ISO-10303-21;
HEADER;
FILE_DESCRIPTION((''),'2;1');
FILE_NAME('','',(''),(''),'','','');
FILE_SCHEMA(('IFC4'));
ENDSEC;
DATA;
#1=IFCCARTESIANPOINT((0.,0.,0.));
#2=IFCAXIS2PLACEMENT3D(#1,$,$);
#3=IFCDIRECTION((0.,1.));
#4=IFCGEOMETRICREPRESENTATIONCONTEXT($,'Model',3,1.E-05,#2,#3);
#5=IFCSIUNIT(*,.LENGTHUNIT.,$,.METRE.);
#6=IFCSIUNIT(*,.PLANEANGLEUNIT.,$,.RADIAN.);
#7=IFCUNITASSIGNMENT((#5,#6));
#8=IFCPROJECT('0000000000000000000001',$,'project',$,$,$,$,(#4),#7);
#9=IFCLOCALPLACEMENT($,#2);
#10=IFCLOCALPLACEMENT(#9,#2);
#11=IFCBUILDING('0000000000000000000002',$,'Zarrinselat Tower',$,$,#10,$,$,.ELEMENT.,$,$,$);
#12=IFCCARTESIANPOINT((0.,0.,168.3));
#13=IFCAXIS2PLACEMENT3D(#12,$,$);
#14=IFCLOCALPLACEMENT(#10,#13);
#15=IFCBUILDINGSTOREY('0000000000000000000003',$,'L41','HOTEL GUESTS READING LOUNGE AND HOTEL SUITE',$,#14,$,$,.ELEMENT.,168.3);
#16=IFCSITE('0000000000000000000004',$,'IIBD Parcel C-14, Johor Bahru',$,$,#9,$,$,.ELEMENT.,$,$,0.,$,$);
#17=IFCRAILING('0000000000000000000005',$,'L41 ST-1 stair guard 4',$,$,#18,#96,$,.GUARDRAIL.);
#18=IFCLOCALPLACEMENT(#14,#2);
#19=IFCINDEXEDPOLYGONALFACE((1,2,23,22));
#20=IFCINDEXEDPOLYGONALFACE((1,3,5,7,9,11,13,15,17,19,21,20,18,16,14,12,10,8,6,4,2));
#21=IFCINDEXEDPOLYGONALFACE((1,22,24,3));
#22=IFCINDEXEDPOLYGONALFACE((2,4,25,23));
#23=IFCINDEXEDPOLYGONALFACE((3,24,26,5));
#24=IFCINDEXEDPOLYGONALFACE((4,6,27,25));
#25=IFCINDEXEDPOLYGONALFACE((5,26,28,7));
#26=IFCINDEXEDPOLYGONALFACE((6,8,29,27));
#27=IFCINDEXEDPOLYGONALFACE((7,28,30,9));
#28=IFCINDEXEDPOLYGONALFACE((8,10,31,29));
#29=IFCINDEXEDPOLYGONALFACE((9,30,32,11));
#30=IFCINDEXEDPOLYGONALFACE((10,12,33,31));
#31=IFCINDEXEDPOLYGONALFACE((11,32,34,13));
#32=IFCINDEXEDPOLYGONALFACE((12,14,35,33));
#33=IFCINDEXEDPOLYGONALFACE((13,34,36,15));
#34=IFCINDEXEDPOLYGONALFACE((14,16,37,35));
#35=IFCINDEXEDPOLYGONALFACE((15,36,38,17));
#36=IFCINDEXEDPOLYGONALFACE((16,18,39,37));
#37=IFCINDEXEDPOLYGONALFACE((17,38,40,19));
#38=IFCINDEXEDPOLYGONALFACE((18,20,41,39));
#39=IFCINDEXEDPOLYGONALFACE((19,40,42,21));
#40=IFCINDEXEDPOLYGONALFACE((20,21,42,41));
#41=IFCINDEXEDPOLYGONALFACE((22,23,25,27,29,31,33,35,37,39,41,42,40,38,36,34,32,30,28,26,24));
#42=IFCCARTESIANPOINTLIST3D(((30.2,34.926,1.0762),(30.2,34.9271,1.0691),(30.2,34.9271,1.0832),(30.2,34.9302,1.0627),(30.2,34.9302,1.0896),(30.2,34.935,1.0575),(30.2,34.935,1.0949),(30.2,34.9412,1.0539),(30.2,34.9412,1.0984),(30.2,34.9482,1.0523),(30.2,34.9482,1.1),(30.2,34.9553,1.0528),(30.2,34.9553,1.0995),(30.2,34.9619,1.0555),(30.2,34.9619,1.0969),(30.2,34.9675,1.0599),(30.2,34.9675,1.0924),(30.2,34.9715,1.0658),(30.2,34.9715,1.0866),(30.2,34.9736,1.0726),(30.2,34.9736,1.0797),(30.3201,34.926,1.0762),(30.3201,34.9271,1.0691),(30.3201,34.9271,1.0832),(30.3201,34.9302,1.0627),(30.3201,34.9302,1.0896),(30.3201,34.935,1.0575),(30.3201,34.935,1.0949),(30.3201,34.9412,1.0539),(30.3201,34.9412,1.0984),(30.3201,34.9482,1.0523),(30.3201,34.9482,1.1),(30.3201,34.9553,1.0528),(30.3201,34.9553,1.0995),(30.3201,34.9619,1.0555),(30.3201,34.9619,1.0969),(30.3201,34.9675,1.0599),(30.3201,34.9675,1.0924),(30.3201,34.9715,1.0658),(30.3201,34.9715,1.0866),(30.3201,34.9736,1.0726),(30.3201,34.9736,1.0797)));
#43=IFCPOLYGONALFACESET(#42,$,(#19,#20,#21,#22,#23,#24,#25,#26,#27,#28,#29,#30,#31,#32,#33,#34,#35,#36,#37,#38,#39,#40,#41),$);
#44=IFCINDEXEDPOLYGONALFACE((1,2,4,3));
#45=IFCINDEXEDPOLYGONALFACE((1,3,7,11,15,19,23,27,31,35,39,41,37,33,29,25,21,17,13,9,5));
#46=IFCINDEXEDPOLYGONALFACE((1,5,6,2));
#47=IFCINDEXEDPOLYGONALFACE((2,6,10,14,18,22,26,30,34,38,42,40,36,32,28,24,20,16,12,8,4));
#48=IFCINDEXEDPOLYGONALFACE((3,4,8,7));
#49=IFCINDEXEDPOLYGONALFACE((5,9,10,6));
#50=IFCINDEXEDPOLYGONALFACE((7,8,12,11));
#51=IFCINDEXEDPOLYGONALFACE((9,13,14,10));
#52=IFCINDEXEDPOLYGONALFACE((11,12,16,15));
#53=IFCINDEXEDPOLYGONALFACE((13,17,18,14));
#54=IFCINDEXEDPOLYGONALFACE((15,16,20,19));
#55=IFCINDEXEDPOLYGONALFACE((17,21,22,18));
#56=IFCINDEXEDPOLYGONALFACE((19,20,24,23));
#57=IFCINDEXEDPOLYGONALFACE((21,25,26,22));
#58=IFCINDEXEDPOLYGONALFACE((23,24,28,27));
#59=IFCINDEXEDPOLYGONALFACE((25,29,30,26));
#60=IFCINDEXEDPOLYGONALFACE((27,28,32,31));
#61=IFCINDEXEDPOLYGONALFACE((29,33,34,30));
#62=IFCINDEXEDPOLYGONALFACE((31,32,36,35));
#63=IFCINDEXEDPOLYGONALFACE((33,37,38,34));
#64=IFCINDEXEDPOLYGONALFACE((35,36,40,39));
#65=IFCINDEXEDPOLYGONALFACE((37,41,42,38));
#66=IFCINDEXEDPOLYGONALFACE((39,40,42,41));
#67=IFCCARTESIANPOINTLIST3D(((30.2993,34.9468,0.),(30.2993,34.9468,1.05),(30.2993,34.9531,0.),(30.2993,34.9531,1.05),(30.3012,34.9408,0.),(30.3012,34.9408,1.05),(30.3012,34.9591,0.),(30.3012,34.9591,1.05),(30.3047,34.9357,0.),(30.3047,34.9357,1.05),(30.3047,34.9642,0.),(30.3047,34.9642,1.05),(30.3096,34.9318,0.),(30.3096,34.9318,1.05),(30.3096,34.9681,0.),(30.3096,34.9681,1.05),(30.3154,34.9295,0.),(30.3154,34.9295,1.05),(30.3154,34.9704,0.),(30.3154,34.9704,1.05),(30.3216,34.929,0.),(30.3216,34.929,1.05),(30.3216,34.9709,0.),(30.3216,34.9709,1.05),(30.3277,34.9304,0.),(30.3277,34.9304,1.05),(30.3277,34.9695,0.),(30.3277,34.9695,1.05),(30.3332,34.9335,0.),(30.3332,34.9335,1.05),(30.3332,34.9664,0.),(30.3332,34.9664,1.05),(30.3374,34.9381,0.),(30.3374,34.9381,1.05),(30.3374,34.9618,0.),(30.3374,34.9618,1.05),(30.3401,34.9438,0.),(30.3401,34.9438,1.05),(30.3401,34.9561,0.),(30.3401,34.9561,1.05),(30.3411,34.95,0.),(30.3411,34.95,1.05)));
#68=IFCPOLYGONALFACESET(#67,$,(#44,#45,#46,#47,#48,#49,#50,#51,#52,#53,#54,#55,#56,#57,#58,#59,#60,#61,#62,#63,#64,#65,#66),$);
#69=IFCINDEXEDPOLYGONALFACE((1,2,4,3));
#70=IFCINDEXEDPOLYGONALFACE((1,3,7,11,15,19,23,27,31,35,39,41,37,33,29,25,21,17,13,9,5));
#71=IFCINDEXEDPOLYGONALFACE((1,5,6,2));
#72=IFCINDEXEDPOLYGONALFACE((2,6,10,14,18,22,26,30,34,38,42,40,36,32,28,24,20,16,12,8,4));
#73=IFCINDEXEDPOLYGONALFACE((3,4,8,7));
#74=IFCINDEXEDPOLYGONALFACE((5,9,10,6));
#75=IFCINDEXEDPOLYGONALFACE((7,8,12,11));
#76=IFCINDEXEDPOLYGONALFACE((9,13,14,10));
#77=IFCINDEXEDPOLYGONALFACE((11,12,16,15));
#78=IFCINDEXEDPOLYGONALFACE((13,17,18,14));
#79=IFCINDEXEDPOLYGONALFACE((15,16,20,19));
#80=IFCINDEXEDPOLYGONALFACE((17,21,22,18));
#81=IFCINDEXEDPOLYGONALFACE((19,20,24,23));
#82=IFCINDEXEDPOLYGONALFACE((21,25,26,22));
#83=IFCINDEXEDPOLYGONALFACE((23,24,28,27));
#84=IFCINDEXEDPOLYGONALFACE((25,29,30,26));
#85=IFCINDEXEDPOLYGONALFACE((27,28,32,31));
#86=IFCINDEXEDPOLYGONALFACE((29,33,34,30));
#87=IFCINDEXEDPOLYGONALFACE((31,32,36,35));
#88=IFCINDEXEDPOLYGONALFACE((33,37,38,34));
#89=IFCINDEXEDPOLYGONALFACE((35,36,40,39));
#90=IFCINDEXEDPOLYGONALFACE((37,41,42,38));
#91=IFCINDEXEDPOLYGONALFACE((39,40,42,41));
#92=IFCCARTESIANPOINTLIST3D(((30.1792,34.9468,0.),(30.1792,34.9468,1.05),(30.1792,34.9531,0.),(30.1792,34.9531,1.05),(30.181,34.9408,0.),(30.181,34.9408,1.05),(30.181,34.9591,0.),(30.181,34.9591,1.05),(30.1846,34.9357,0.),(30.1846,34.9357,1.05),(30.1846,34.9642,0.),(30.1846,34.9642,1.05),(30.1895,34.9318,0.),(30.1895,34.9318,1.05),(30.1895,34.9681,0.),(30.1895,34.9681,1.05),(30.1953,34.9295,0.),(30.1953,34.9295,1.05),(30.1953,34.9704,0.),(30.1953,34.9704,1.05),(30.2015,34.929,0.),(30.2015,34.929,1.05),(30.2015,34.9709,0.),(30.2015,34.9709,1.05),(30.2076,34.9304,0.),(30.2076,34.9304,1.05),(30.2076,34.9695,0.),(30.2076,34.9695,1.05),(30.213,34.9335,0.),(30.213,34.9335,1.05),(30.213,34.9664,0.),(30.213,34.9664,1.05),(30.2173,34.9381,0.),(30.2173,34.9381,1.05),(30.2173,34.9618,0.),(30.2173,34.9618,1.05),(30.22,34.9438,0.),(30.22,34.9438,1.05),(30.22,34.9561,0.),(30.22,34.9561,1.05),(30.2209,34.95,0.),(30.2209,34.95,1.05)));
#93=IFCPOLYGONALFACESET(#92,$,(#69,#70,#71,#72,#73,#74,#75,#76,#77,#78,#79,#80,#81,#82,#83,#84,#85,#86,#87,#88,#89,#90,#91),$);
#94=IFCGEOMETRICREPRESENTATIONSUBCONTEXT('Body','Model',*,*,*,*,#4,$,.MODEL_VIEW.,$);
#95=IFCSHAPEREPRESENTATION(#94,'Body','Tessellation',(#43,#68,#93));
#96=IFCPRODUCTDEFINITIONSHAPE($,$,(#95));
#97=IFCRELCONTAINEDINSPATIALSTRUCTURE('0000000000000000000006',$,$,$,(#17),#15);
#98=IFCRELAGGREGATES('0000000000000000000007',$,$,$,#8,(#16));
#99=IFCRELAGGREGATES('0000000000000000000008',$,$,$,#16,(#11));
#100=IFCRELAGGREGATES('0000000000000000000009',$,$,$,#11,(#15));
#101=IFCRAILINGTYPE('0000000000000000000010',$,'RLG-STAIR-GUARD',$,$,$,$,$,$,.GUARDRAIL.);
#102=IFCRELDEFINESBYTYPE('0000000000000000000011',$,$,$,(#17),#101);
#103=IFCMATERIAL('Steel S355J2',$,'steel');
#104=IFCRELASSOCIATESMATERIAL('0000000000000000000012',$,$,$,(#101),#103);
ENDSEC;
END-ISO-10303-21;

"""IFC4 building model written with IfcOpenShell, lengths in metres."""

from ifc_helpers import new_model, si_unit, direction, frame, origin, origin_2d, place, context, subcontext, project, spatial, circle, extrude, material, type_object, element, save


model = new_model("IFC4")

# Units and contexts
model_context = context("Model", 3, precision=1e-05, world=origin(), true_north=direction((0.0, 1.0)))
body_context = subcontext(model_context, "Body", "Model", "MODEL_VIEW")
ifc_project = project(units=[si_unit("LENGTHUNIT", "METRE"), si_unit("PLANEANGLEUNIT", "RADIAN")], contexts=[model_context])

# Site, building, storey
site_placement = place(None, origin())
site = spatial("IfcSite", under=ifc_project, at=site_placement, Name="IIBD Parcel C-14, Johor Bahru", CompositionType="ELEMENT", RefElevation=0.0)
building_placement = place(site_placement, origin())
building = spatial("IfcBuilding", under=site, at=building_placement, Name="Zarrinselat Tower", CompositionType="ELEMENT")
storey_placement = place(building_placement, frame((0.0, 0.0, 168.3)))
storey = spatial("IfcBuildingStorey", under=building, at=storey_placement, Name="L41", Description="HOTEL GUESTS READING LOUNGE AND HOTEL SUITE", CompositionType="ELEMENT", Elevation=168.3)

# Railing
ifc_material_1 = material(Name="Steel S355J2", Category="steel")
railing_type_1 = type_object("IfcRailingType", Name="RLG-STAIR-GUARD", PredefinedType="GUARDRAIL", material=ifc_material_1)
railing_1_placement = place(storey_placement, frame((30.3201, 34.95, 0.0)))
element("IfcRailing", 1, at=railing_1_placement, inside=storey, type_object=railing_type_1, Name="L41 ST-1 stair guard 4", PredefinedType="GUARDRAIL", context=body_context, shape_type="SweptSolid", body=[
    extrude(circle(Radius=0.0239, at=origin_2d()), frame((0.0, 0.0, 1.0762), z_axis=(-1.0, 0.0, 0.0), x_axis=(0.0, -1.0, 0.0)), (0.0, 0.0, 1.0), 0.1201),
    extrude(circle(Radius=0.021, at=origin_2d()), origin(), (0.0, 0.0, 1.0), 1.05),
    extrude(circle(Radius=0.021, at=origin_2d()), frame((-0.1201, 0.0, 0.0)), (0.0, 0.0, 1.0), 1.05),
])

save(model, "model.ifc")
